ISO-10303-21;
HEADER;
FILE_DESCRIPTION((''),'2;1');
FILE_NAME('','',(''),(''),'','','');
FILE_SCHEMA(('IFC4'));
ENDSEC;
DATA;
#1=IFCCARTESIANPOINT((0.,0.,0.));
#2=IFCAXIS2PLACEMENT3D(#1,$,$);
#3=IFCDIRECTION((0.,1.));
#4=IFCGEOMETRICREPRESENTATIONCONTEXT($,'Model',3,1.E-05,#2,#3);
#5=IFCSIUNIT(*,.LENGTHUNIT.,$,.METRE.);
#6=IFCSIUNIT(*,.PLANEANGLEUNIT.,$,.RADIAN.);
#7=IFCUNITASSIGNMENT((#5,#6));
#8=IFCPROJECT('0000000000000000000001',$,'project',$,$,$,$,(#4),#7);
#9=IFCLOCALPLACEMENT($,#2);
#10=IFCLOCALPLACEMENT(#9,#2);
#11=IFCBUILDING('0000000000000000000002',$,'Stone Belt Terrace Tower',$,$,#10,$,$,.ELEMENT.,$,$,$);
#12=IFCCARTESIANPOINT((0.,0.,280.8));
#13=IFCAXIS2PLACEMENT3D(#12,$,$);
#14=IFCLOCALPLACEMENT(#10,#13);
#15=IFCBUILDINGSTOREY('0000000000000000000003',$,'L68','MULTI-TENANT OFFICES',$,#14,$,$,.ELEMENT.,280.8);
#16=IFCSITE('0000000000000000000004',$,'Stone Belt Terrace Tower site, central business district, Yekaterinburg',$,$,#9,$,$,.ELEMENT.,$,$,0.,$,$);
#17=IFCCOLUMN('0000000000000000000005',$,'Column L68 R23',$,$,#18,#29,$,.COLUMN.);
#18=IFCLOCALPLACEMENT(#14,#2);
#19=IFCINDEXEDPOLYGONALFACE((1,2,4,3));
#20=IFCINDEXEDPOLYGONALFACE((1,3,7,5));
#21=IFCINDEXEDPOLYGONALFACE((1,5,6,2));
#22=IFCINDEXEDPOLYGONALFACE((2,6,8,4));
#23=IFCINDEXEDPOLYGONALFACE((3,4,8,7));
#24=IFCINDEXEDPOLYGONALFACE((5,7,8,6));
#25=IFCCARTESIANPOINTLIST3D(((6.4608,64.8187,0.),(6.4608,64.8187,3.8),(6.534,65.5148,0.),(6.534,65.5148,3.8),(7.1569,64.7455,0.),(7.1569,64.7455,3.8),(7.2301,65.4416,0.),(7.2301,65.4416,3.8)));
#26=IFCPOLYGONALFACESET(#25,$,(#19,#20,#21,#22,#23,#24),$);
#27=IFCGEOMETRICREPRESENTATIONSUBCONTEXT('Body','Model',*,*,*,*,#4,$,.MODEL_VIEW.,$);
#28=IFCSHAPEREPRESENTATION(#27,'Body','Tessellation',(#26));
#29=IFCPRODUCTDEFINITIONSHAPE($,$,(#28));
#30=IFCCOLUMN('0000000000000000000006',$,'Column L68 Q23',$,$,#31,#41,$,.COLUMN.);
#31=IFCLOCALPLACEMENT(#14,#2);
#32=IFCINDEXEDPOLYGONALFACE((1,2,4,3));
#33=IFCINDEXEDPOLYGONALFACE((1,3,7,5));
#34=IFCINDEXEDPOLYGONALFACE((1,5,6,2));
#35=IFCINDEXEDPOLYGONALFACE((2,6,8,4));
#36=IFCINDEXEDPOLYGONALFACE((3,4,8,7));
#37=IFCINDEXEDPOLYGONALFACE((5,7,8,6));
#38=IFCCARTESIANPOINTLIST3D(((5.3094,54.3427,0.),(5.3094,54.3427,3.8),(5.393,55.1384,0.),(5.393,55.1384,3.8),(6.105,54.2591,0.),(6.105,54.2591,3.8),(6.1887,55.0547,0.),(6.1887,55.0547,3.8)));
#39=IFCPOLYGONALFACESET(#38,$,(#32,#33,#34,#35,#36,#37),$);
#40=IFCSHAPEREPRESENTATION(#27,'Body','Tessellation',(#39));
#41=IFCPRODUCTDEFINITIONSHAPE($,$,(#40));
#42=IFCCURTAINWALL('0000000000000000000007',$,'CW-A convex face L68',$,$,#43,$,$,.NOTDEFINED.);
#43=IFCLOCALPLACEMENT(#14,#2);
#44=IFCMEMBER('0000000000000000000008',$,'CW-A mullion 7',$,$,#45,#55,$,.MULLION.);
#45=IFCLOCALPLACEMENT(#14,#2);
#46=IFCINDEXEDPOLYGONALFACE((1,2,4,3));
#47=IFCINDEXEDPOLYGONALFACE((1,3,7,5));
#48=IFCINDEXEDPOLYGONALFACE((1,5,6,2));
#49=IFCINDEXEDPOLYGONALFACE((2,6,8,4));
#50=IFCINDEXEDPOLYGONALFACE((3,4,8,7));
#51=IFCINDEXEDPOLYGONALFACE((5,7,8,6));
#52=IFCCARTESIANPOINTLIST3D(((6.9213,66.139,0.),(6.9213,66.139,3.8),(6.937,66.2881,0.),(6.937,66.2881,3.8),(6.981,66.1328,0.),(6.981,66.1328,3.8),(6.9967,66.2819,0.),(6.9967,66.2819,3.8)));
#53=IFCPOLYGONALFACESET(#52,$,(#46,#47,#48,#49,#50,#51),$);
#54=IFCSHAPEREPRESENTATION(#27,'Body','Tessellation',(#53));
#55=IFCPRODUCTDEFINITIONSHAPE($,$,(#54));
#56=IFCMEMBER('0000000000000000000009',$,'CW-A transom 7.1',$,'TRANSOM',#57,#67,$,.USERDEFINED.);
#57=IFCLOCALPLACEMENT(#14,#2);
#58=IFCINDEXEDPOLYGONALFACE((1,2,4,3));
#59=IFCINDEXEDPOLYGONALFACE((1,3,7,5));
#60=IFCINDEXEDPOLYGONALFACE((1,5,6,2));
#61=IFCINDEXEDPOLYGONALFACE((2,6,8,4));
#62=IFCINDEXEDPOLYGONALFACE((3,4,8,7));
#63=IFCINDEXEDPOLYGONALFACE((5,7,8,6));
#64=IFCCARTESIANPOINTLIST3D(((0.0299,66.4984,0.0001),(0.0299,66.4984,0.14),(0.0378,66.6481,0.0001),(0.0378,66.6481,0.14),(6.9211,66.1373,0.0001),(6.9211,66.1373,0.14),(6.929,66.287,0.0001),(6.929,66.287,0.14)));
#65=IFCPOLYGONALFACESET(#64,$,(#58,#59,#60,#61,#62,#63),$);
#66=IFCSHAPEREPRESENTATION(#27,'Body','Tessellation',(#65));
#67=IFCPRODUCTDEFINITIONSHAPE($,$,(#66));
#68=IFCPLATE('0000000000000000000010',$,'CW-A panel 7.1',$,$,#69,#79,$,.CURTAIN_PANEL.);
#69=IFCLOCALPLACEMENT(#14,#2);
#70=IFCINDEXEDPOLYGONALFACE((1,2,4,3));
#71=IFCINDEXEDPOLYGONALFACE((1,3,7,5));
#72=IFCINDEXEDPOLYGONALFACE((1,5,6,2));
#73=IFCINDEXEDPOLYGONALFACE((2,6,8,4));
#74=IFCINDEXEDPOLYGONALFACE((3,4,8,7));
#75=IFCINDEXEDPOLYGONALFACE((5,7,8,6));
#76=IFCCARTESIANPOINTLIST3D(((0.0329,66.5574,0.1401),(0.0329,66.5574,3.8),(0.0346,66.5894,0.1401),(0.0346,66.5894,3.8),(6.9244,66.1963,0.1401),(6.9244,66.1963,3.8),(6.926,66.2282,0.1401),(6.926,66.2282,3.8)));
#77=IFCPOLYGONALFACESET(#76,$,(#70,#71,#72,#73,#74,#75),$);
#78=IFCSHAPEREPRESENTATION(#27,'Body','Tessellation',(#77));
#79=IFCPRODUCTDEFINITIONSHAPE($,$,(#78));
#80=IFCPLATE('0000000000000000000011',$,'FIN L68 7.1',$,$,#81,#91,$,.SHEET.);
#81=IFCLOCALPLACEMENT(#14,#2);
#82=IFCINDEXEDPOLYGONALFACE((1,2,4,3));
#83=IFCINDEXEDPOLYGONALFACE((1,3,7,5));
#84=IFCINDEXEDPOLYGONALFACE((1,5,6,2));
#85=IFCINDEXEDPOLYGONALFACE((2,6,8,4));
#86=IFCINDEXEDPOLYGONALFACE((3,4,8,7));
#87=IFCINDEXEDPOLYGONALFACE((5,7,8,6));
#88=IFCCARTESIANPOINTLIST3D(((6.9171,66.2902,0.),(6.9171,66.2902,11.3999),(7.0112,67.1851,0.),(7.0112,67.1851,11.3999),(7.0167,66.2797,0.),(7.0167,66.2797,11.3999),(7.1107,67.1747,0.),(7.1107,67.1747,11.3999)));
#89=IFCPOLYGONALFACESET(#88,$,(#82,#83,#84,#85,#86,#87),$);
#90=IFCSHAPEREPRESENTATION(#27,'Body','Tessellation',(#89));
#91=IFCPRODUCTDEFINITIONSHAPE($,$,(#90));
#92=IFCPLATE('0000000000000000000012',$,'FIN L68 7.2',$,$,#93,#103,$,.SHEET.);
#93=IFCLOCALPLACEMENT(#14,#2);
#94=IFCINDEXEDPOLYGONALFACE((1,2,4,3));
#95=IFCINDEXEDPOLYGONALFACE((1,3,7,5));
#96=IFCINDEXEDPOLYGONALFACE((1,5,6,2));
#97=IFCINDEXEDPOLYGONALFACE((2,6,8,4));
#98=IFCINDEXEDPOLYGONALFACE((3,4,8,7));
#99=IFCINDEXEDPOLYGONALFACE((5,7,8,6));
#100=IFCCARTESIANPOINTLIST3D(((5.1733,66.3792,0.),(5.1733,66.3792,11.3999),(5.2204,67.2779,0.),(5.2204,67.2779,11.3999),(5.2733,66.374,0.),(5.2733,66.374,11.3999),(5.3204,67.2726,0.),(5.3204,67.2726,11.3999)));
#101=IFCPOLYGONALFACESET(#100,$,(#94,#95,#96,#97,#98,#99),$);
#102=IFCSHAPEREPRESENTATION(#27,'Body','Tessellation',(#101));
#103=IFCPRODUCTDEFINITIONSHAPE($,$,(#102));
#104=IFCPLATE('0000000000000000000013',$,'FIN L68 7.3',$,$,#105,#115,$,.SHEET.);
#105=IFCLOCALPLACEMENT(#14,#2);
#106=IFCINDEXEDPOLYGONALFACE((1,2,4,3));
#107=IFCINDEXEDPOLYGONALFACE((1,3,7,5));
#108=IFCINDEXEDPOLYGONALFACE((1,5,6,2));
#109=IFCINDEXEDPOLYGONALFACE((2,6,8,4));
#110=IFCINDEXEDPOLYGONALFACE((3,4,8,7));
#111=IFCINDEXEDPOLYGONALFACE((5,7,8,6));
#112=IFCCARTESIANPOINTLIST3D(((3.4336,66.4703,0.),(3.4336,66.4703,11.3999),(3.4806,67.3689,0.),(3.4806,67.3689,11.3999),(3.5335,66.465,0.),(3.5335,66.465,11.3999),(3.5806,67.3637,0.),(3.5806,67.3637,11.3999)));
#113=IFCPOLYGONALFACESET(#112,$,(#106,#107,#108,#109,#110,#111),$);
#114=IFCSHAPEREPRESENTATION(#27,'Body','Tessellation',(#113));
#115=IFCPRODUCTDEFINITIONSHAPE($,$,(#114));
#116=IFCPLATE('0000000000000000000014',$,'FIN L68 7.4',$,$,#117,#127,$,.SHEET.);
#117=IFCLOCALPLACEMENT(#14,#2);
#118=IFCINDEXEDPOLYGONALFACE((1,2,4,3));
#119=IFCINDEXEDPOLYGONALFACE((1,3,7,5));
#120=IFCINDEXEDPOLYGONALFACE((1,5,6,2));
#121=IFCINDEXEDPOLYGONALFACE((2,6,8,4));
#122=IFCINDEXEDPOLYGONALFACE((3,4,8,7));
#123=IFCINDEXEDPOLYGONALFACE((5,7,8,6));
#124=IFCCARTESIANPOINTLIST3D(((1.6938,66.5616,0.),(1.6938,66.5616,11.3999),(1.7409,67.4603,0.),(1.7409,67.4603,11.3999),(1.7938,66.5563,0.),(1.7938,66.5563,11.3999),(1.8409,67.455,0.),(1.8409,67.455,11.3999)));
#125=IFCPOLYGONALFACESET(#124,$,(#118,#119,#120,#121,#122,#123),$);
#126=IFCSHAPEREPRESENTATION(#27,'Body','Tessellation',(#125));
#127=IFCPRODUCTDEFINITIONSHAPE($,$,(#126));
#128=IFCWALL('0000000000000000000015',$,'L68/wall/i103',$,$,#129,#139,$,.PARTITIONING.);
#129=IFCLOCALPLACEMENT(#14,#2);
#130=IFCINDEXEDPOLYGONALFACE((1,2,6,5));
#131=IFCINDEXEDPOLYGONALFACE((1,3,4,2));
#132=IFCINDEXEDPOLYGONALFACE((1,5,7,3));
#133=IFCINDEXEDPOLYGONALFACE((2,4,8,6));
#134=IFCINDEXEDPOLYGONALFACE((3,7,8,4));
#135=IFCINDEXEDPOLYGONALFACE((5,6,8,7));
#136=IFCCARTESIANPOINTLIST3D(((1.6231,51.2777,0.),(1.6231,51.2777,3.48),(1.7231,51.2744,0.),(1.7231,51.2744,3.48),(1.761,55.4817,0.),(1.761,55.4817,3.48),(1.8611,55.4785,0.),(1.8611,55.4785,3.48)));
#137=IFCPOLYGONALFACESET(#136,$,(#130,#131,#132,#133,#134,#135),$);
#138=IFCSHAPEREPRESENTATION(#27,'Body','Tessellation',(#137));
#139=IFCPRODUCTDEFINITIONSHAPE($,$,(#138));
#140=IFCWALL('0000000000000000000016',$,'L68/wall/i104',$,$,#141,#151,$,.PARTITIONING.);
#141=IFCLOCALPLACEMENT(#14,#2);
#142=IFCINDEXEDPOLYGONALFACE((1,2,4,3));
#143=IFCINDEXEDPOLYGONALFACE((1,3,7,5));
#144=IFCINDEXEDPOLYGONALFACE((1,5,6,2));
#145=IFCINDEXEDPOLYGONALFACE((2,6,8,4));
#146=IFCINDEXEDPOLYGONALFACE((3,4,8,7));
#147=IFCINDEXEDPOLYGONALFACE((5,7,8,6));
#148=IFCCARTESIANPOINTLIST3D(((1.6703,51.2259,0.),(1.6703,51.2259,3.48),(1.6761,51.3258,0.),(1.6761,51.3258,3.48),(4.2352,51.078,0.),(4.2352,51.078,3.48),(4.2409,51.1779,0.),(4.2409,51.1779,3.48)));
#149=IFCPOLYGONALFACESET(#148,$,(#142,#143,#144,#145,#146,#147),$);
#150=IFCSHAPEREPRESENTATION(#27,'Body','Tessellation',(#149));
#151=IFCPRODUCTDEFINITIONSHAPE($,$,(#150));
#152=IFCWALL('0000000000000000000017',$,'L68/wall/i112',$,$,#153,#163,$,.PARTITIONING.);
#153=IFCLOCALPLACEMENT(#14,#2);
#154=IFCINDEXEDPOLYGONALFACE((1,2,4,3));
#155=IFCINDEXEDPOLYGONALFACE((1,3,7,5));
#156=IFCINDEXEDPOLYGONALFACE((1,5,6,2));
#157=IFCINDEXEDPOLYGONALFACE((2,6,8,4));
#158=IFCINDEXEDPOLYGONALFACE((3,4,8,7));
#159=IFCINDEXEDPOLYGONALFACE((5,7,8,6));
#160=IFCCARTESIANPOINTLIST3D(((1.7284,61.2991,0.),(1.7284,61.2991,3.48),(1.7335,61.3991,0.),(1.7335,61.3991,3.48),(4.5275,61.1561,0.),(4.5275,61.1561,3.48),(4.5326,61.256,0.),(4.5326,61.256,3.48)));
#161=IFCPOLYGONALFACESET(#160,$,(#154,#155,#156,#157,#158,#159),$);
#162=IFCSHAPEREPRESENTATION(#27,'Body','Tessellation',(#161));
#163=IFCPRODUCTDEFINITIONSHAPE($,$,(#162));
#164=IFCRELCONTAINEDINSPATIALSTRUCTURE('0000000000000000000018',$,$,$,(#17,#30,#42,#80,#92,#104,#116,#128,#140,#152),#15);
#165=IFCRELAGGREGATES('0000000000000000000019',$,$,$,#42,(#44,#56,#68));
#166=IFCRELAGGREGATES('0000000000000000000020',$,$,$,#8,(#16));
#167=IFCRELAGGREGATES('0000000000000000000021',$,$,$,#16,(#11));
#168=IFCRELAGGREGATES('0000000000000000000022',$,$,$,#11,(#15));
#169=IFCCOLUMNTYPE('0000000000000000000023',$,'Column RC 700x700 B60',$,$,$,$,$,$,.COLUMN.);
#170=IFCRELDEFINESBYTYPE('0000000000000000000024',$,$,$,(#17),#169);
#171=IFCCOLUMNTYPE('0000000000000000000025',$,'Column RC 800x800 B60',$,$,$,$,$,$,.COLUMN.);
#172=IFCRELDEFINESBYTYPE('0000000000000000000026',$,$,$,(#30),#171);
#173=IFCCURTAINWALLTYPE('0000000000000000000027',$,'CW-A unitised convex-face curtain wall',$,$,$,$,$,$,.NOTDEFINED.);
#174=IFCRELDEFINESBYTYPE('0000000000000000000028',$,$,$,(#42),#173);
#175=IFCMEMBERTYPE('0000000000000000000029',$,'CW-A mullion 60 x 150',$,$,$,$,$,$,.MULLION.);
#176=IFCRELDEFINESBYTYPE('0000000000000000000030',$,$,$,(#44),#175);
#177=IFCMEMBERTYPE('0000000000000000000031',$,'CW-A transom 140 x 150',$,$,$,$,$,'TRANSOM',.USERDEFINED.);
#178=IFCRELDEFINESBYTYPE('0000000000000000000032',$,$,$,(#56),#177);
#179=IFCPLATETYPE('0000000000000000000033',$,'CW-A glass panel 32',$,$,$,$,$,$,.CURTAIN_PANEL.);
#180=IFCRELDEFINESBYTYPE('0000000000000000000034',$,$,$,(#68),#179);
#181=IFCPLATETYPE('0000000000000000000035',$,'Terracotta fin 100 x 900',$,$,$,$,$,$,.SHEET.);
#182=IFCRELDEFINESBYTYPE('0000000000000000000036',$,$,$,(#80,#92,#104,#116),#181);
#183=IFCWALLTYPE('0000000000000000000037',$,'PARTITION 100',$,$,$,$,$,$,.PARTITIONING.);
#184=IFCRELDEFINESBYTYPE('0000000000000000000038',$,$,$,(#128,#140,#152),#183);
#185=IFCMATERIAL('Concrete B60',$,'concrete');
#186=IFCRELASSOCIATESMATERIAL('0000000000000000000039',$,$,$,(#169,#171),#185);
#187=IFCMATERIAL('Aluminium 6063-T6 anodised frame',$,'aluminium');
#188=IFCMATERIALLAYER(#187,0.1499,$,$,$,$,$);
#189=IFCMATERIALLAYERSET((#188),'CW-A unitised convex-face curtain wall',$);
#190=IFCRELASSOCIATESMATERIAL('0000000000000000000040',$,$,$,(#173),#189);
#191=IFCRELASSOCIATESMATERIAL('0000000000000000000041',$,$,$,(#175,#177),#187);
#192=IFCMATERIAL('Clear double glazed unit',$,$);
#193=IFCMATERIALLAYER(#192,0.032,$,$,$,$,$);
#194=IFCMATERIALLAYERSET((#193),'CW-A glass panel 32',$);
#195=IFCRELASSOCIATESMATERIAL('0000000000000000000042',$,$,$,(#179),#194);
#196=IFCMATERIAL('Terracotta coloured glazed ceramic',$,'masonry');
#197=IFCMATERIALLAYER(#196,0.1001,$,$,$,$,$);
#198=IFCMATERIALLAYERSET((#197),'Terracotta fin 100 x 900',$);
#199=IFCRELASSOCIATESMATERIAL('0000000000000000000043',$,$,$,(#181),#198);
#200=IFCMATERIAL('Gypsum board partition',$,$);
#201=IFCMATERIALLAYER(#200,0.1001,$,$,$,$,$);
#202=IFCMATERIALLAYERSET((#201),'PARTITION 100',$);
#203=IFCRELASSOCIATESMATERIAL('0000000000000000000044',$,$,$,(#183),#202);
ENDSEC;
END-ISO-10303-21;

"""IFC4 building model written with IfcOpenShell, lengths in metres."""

from ifc_helpers import new_model, si_unit, direction, frame, frame_2d, origin, origin_2d, place, context, subcontext, project, spatial, rectangle, extrude, material, layer, layer_set, material_profile, profile_set, type_object, element, aggregate, save


model = new_model("IFC4")

# Units and contexts
model_context = context("Model", 3, precision=1e-05, world=origin(), true_north=direction((0.0, 1.0)))
body_context = subcontext(model_context, "Body", "Model", "MODEL_VIEW")
ifc_project = project(units=[si_unit("LENGTHUNIT", "METRE"), si_unit("PLANEANGLEUNIT", "RADIAN")], contexts=[model_context])

# Site, building, storey
site_placement = place(None, origin())
site = spatial("IfcSite", under=ifc_project, at=site_placement, Name="Stone Belt Terrace Tower site, central business district, Yekaterinburg", CompositionType="ELEMENT", RefElevation=0.0)
building_placement = place(site_placement, origin())
building = spatial("IfcBuilding", under=site, at=building_placement, Name="Stone Belt Terrace Tower", CompositionType="ELEMENT")
storey_placement = place(building_placement, frame((0.0, 0.0, 280.8)))
storey = spatial("IfcBuildingStorey", under=building, at=storey_placement, Name="L68", Description="MULTI-TENANT OFFICES", CompositionType="ELEMENT", Elevation=280.8)

# Columns
ifc_material_1 = material(Name="Concrete B60", Category="concrete")
ifc_material_profile_1 = material_profile(ifc_material_1, rectangle(XDim=0.7, YDim=0.7, at=origin_2d()), Name="RC 700x700")
ifc_profile_set_1 = profile_set([ifc_material_profile_1], Name="Concrete B60")
column_type_1 = type_object("IfcColumnType", Name="Column RC 700x700 B60", PredefinedType="COLUMN", material=ifc_profile_set_1)
column_1_placement = place(storey_placement, frame((6.8455, 65.1301, 0.0), z_axis=(0.0, 0.0, 1.0), x_axis=(0.994522, -0.104528, 0.0)))
element("IfcColumn", 1, at=column_1_placement, inside=storey, type_object=column_type_1, Name="Column L68 R23", PredefinedType="COLUMN", context=body_context, shape_type="SweptSolid", body=[
    extrude(rectangle(XDim=0.7, YDim=0.7, at=origin_2d()), origin(), (0.0, 0.0, 1.0), 3.8),
])
ifc_material_profile_2 = material_profile(ifc_material_1, rectangle(XDim=0.8, YDim=0.8, at=origin_2d()), Name="RC 800x800")
ifc_profile_set_2 = profile_set([ifc_material_profile_2], Name="Concrete B60")
column_type_2 = type_object("IfcColumnType", Name="Column RC 800x800 B60", PredefinedType="COLUMN", material=ifc_profile_set_2)
column_2_placement = place(storey_placement, frame((5.749, 54.6987, 0.0), z_axis=(0.0, 0.0, 1.0), x_axis=(0.994522, -0.104528, 0.0)))
element("IfcColumn", 2, at=column_2_placement, inside=storey, type_object=column_type_2, Name="Column L68 Q23", PredefinedType="COLUMN", context=body_context, shape_type="SweptSolid", body=[
    extrude(rectangle(XDim=0.8, YDim=0.8, at=origin_2d()), origin(), (0.0, 0.0, 1.0), 3.8),
])

# Curtain wall, members, plate
ifc_material_2 = material(Name="Aluminium 6063-T6 anodised frame", Category="aluminium")
ifc_layer_1 = layer(ifc_material_2, 0.1499)
ifc_layer_set_1 = layer_set([ifc_layer_1], Name="CW-A unitised convex-face curtain wall")
curtain_wall_type = type_object("IfcCurtainWallType", Name="CW-A unitised convex-face curtain wall", PredefinedType="NOTDEFINED", material=ifc_layer_set_1)
curtain_wall_placement = place(storey_placement, origin())
curtain_wall = element("IfcCurtainWall", 3, at=curtain_wall_placement, inside=storey, type_object=curtain_wall_type, Name="CW-A convex face L68", PredefinedType="NOTDEFINED")
ifc_material_profile_3 = material_profile(ifc_material_2, rectangle(XDim=0.1499, YDim=0.0601, at=origin_2d()), Name="Aluminium 6063-T6 60x150")
ifc_profile_set_3 = profile_set([ifc_material_profile_3], Name="Aluminium 6063-T6 anodised frame")
member_type_1 = type_object("IfcMemberType", Name="CW-A mullion 60 x 150", PredefinedType="MULLION", material=ifc_profile_set_3)
member_1_placement = place(storey_placement, frame((6.959, 66.2104, 0.0), z_axis=(0.0, 0.0, 1.0), x_axis=(-0.104528, -0.994522, 0.0)))
member_1 = element("IfcMember", 4, at=member_1_placement, type_object=member_type_1, Name="CW-A mullion 7", PredefinedType="MULLION", context=body_context, shape_type="SweptSolid", body=[
    extrude(rectangle(XDim=0.1499, YDim=0.0601, at=origin_2d()), origin(), (0.0, 0.0, 1.0), 3.8),
])
ifc_material_profile_4 = material_profile(ifc_material_2, rectangle(XDim=0.1499, YDim=0.1399, at=origin_2d()), Name="Aluminium 6063-T6 150x140")
ifc_profile_set_4 = profile_set([ifc_material_profile_4], Name="Aluminium 6063-T6 anodised frame")
member_type_2 = type_object("IfcMemberType", Name="CW-A transom 140 x 150", ElementType="TRANSOM", PredefinedType="USERDEFINED", material=ifc_profile_set_4)
member_2_placement = place(storey_placement, frame((6.925, 66.2122, 0.0701), z_axis=(-0.99863, 0.052327, 0.0), x_axis=(-0.052327, -0.99863, 0.0)))
member_2 = element("IfcMember", 5, at=member_2_placement, type_object=member_type_2, Name="CW-A transom 7.1", ObjectType="TRANSOM", PredefinedType="USERDEFINED", context=body_context, shape_type="SweptSolid", body=[
    extrude(rectangle(XDim=0.1499, YDim=0.1399, at=origin_2d()), origin(), (0.0, 0.0, 1.0), 6.9006),
])
ifc_material_3 = material(Name="Clear double glazed unit")
ifc_layer_2 = layer(ifc_material_3, 0.032)
ifc_layer_set_2 = layer_set([ifc_layer_2], Name="CW-A glass panel 32")
plate_type_1 = type_object("IfcPlateType", Name="CW-A glass panel 32", PredefinedType="CURTAIN_PANEL", material=ifc_layer_set_2)
plate_placement = place(storey_placement, frame((3.4795, 66.3928, 0.1401), z_axis=(0.0, 0.0, 1.0), x_axis=(-0.99863, 0.052336, 0.0)))
plate = element("IfcPlate", 6, at=plate_placement, type_object=plate_type_1, Name="CW-A panel 7.1", PredefinedType="CURTAIN_PANEL", context=body_context, shape_type="SweptSolid", body=[
    extrude(rectangle(XDim=6.9009, YDim=0.032, at=origin_2d()), origin(), (0.0, 0.0, 1.0), 3.6599),
])
aggregate(curtain_wall, [member_1, member_2, plate])

# Plates
ifc_material_4 = material(Name="Terracotta coloured glazed ceramic", Category="masonry")
ifc_layer_3 = layer(ifc_material_4, 0.1001)
ifc_layer_set_3 = layer_set([ifc_layer_3], Name="Terracotta fin 100 x 900")
plate_type_2 = type_object("IfcPlateType", Name="Terracotta fin 100 x 900", PredefinedType="SHEET", material=ifc_layer_set_3)
for number, where, z_axis, x_axis, name in (
    (7, (7.0139, 66.7324, 0.0), (0.0, 0.0, 1.0), (0.104528, 0.994522, 0.0), "FIN L68 7.1"),
    (8, (5.2468, 66.8259, 0.0), (0.0, 0.0, 1.0), (0.052336, 0.99863, 0.0), "FIN L68 7.2"),
    (9, (3.5071, 66.917, 0.0), (0.0, 0.0, 1.0), (0.052336, 0.99863, 0.0), "FIN L68 7.3"),
    (10, (1.7673, 67.0083, 0.0), (0.0, 0.0, 1.0), (0.052336, 0.99863, 0.0), "FIN L68 7.4"),
):
    element("IfcPlate", number, at=place(storey_placement, frame(where, z_axis=z_axis, x_axis=x_axis)), inside=storey, type_object=plate_type_2, Name=name, PredefinedType="SHEET", context=body_context, shape_type="SweptSolid", body=[
        extrude(rectangle(XDim=0.8999, YDim=0.1001, at=origin_2d()), origin(), (0.0, 0.0, 1.0), 11.3999),
    ])

# Walls
ifc_material_5 = material(Name="Gypsum board partition")
ifc_layer_4 = layer(ifc_material_5, 0.1001)
ifc_layer_set_4 = layer_set([ifc_layer_4], Name="PARTITION 100")
wall_type_1 = type_object("IfcWallType", Name="PARTITION 100", PredefinedType="PARTITIONING", material=ifc_layer_set_4)
wall_1_placement = place(storey_placement, frame((1.811, 55.48, 0.0), z_axis=(0.0, 0.0, 1.0), x_axis=(-0.032793, -0.999462, 0.0)))
element("IfcWall", 11, at=wall_1_placement, inside=storey, type_object=wall_type_1, Name="L68/wall/i103", PredefinedType="PARTITIONING", context=body_context, shape_type="SweptSolid", body=[
    extrude(rectangle(XDim=4.2063, YDim=0.1001, at=frame_2d((2.103, 0.0))), origin(), (0.0, 0.0, 1.0), 3.48),
])
wall_2_placement = place(storey_placement, frame((1.6731, 51.2759, 0.0), z_axis=(0.0, 0.0, 1.0), x_axis=(0.998341, -0.057586, 0.0)))
element("IfcWall", 12, at=wall_2_placement, inside=storey, type_object=wall_type_1, Name="L68/wall/i104", PredefinedType="PARTITIONING", context=body_context, shape_type="SweptSolid", body=[
    extrude(rectangle(XDim=2.5691, YDim=0.1001, at=frame_2d((1.2847, 0.0))), origin(), (0.0, 0.0, 1.0), 3.48),
])
wall_3_placement = place(storey_placement, frame((4.53, 61.2061, 0.0), z_axis=(0.0, 0.0, 1.0), x_axis=(-0.998696, 0.051045, 0.0)))
element("IfcWall", 13, at=wall_3_placement, inside=storey, type_object=wall_type_1, Name="L68/wall/i112", PredefinedType="PARTITIONING", context=body_context, shape_type="SweptSolid", body=[
    extrude(rectangle(XDim=2.8027, YDim=0.1001, at=frame_2d((1.4014, 0.0))), origin(), (0.0, 0.0, 1.0), 3.48),
])

save(model, "model.ifc")
